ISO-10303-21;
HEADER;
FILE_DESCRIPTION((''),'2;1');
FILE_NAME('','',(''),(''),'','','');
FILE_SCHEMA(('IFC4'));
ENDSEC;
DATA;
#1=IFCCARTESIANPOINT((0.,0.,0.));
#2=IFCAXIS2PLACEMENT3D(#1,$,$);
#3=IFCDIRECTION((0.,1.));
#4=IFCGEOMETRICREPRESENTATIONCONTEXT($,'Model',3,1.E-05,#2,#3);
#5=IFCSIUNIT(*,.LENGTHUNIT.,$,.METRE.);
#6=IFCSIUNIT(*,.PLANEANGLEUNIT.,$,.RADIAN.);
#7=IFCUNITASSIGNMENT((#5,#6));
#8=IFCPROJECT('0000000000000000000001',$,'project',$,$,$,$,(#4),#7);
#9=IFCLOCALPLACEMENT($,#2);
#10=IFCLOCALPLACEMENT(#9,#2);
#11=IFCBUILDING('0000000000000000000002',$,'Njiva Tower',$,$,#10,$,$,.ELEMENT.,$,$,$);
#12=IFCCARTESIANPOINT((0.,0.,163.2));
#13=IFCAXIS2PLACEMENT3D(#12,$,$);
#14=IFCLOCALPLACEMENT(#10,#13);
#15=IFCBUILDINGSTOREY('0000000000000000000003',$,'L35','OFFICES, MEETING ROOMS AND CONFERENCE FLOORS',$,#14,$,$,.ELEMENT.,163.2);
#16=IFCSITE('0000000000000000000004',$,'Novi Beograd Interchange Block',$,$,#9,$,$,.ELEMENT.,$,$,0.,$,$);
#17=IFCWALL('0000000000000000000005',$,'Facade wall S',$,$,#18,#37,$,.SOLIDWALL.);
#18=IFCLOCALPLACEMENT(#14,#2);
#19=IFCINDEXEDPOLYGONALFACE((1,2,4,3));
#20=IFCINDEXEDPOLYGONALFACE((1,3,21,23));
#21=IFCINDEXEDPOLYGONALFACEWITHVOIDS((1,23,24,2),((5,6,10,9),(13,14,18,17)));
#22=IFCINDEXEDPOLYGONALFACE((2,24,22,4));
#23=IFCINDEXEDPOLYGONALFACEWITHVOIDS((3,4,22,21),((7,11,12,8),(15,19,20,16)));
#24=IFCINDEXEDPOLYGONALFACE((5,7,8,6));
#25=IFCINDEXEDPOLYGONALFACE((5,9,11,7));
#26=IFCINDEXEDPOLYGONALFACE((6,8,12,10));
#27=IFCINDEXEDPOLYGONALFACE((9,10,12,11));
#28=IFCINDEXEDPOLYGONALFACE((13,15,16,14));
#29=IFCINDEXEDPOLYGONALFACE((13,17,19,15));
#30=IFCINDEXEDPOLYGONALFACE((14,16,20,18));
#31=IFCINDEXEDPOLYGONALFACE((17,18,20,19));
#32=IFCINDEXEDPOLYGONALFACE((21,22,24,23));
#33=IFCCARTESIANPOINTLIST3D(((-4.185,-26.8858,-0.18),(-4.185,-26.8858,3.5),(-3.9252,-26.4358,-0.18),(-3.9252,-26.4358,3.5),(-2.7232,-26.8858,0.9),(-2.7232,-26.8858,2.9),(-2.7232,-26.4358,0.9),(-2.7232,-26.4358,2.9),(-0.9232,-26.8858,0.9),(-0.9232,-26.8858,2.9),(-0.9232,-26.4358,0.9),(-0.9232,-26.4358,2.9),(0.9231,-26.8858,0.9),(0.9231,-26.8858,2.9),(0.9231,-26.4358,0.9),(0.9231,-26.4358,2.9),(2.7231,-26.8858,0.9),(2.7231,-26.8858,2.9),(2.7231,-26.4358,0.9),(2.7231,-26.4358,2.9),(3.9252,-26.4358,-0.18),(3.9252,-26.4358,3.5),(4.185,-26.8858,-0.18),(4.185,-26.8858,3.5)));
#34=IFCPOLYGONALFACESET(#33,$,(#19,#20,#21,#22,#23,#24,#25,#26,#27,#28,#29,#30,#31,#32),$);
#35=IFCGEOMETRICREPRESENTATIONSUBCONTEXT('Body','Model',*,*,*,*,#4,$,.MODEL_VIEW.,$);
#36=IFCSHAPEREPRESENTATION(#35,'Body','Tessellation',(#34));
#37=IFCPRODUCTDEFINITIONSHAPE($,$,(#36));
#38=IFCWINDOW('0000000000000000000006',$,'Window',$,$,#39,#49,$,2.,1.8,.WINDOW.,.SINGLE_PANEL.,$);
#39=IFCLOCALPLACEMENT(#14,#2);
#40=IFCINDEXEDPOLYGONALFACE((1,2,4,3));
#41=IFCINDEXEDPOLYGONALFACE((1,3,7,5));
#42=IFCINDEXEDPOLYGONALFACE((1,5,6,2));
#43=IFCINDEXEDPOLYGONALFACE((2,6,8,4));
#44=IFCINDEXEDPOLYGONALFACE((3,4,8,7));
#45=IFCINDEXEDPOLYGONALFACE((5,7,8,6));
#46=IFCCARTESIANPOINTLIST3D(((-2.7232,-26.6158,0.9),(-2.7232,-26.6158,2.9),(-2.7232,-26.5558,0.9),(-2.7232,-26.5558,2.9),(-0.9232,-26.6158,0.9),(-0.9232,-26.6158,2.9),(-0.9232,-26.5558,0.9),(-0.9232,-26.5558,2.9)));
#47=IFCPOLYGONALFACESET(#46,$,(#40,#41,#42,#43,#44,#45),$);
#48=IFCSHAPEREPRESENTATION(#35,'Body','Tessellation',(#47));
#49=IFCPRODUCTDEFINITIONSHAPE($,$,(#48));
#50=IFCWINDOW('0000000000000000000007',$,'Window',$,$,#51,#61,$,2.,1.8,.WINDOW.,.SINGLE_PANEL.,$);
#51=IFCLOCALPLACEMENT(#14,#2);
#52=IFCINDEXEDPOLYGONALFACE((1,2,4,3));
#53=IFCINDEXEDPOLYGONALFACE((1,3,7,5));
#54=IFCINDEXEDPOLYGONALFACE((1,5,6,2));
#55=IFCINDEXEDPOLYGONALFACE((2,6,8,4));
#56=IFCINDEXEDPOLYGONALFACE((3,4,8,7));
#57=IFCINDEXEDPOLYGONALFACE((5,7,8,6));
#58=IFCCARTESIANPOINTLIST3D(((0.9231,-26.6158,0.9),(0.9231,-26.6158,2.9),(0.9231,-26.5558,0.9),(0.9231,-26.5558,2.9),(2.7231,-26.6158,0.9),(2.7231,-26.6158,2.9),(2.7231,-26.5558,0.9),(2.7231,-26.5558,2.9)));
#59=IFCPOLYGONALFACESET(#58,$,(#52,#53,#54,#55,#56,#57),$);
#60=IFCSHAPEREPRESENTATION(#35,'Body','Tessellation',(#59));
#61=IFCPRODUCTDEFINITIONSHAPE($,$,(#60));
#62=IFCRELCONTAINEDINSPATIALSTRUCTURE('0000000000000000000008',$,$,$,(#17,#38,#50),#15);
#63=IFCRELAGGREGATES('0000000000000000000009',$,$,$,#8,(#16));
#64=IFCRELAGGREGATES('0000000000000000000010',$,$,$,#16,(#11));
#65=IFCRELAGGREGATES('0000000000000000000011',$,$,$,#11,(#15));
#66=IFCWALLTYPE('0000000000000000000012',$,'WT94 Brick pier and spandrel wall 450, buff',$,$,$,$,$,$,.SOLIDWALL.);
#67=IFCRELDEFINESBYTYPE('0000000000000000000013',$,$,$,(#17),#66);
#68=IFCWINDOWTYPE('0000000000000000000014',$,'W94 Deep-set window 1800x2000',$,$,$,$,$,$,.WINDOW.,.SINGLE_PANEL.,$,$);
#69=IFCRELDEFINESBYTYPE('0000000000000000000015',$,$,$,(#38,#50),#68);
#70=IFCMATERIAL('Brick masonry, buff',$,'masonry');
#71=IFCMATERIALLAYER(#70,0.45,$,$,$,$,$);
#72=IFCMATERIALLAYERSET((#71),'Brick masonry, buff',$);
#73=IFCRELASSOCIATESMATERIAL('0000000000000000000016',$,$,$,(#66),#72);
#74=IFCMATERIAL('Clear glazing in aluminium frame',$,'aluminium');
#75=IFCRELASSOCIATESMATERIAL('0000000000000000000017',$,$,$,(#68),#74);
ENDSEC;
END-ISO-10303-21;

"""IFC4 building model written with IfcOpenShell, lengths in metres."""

from ifc_helpers import new_model, si_unit, direction, frame, frame_2d, origin, place, context, subcontext, project, spatial, polyline, rectangle, outline, extrude, material, layer, layer_set, type_object, element, fill, save


model = new_model("IFC4")

# Units and contexts
model_context = context("Model", 3, precision=1e-05, world=origin(), true_north=direction((0.0, 1.0)))
body_context = subcontext(model_context, "Body", "Model", "MODEL_VIEW")
ifc_project = project(units=[si_unit("LENGTHUNIT", "METRE"), si_unit("PLANEANGLEUNIT", "RADIAN")], contexts=[model_context])

# Site, building, storey
site_placement = place(None, origin())
site = spatial("IfcSite", under=ifc_project, at=site_placement, Name="Novi Beograd Interchange Block", CompositionType="ELEMENT", RefElevation=0.0)
building_placement = place(site_placement, origin())
building = spatial("IfcBuilding", under=site, at=building_placement, Name="Njiva Tower", CompositionType="ELEMENT")
storey_placement = place(building_placement, frame((0.0, 0.0, 163.2)))
storey = spatial("IfcBuildingStorey", under=building, at=storey_placement, Name="L35", Description="OFFICES, MEETING ROOMS AND CONFERENCE FLOORS", CompositionType="ELEMENT", Elevation=163.2)

# Wall, openings, windows
ifc_material_1 = material(Name="Brick masonry, buff", Category="masonry")
ifc_layer_1 = layer(ifc_material_1, 0.45)
ifc_layer_set_1 = layer_set([ifc_layer_1], Name="Brick masonry, buff")
wall_type_1 = type_object("IfcWallType", Name="WT94 Brick pier and spandrel wall 450, buff", PredefinedType="SOLIDWALL", material=ifc_layer_set_1)
wall_1_placement = place(storey_placement, frame((-4.0551, -26.6608, -0.18), z_axis=(0.0, 0.0, 1.0), x_axis=(1.0, 0.0, 0.0)))
wall_1 = element("IfcWall", 1, at=wall_1_placement, inside=storey, type_object=wall_type_1, Name="Facade wall S", PredefinedType="SOLIDWALL", context=body_context, shape_type="SweptSolid", body=[
    extrude(outline(polyline([(-0.1299, -0.225), (8.2401, -0.225), (7.9803, 0.225), (0.1299, 0.225), (-0.1299, -0.225)])), origin(), (0.0, 0.0, 1.0), 3.68),
])
opening_1_placement = place(wall_1_placement, frame((1.3319, 0.0, 1.08)))
opening_1 = element("IfcOpeningElement", 2, at=opening_1_placement, cuts=wall_1, PredefinedType="OPENING", context=body_context, shape_type="SweptSolid", body=[
    extrude(rectangle(XDim=1.8, YDim=2.0, at=frame_2d((0.9, 1.0))), frame((0.0, 0.235, 0.0), z_axis=(0.0, -1.0, 0.0), x_axis=(1.0, 0.0, 0.0)), (0.0, 0.0, 1.0), 0.47),
])
opening_2_placement = place(wall_1_placement, frame((4.9782, 0.0, 1.08)))
opening_2 = element("IfcOpeningElement", 3, at=opening_2_placement, cuts=wall_1, PredefinedType="OPENING", context=body_context, shape_type="SweptSolid", body=[
    extrude(rectangle(XDim=1.8, YDim=2.0, at=frame_2d((0.9, 1.0))), frame((0.0, 0.235, 0.0), z_axis=(0.0, -1.0, 0.0), x_axis=(1.0, 0.0, 0.0)), (0.0, 0.0, 1.0), 0.47),
])
ifc_material_2 = material(Name="Clear glazing in aluminium frame", Category="aluminium")
window_type = type_object("IfcWindowType", Name="W94 Deep-set window 1800x2000", PartitioningType="SINGLE_PANEL", PredefinedType="WINDOW", material=ifc_material_2)
window_1_placement = place(opening_1_placement, origin())
window_1 = element("IfcWindow", 4, at=window_1_placement, inside=storey, type_object=window_type, Name="Window", OverallHeight=2.0, OverallWidth=1.8, PartitioningType="SINGLE_PANEL", PredefinedType="WINDOW", context=body_context, shape_type="SweptSolid", body=[
    extrude(rectangle(XDim=1.8, YDim=2.0, at=frame_2d((0.9, 1.0))), frame((0.0, 0.105, 0.0), z_axis=(0.0, -1.0, 0.0), x_axis=(1.0, 0.0, 0.0)), (0.0, 0.0, 1.0), 0.06),
])
fill(opening_1, window_1)
window_2_placement = place(opening_2_placement, origin())
window_2 = element("IfcWindow", 5, at=window_2_placement, inside=storey, type_object=window_type, Name="Window", OverallHeight=2.0, OverallWidth=1.8, PartitioningType="SINGLE_PANEL", PredefinedType="WINDOW", context=body_context, shape_type="SweptSolid", body=[
    extrude(rectangle(XDim=1.8, YDim=2.0, at=frame_2d((0.9, 1.0))), frame((0.0, 0.105, 0.0), z_axis=(0.0, -1.0, 0.0), x_axis=(1.0, 0.0, 0.0)), (0.0, 0.0, 1.0), 0.06),
])
fill(opening_2, window_2)

save(model, "model.ifc")
